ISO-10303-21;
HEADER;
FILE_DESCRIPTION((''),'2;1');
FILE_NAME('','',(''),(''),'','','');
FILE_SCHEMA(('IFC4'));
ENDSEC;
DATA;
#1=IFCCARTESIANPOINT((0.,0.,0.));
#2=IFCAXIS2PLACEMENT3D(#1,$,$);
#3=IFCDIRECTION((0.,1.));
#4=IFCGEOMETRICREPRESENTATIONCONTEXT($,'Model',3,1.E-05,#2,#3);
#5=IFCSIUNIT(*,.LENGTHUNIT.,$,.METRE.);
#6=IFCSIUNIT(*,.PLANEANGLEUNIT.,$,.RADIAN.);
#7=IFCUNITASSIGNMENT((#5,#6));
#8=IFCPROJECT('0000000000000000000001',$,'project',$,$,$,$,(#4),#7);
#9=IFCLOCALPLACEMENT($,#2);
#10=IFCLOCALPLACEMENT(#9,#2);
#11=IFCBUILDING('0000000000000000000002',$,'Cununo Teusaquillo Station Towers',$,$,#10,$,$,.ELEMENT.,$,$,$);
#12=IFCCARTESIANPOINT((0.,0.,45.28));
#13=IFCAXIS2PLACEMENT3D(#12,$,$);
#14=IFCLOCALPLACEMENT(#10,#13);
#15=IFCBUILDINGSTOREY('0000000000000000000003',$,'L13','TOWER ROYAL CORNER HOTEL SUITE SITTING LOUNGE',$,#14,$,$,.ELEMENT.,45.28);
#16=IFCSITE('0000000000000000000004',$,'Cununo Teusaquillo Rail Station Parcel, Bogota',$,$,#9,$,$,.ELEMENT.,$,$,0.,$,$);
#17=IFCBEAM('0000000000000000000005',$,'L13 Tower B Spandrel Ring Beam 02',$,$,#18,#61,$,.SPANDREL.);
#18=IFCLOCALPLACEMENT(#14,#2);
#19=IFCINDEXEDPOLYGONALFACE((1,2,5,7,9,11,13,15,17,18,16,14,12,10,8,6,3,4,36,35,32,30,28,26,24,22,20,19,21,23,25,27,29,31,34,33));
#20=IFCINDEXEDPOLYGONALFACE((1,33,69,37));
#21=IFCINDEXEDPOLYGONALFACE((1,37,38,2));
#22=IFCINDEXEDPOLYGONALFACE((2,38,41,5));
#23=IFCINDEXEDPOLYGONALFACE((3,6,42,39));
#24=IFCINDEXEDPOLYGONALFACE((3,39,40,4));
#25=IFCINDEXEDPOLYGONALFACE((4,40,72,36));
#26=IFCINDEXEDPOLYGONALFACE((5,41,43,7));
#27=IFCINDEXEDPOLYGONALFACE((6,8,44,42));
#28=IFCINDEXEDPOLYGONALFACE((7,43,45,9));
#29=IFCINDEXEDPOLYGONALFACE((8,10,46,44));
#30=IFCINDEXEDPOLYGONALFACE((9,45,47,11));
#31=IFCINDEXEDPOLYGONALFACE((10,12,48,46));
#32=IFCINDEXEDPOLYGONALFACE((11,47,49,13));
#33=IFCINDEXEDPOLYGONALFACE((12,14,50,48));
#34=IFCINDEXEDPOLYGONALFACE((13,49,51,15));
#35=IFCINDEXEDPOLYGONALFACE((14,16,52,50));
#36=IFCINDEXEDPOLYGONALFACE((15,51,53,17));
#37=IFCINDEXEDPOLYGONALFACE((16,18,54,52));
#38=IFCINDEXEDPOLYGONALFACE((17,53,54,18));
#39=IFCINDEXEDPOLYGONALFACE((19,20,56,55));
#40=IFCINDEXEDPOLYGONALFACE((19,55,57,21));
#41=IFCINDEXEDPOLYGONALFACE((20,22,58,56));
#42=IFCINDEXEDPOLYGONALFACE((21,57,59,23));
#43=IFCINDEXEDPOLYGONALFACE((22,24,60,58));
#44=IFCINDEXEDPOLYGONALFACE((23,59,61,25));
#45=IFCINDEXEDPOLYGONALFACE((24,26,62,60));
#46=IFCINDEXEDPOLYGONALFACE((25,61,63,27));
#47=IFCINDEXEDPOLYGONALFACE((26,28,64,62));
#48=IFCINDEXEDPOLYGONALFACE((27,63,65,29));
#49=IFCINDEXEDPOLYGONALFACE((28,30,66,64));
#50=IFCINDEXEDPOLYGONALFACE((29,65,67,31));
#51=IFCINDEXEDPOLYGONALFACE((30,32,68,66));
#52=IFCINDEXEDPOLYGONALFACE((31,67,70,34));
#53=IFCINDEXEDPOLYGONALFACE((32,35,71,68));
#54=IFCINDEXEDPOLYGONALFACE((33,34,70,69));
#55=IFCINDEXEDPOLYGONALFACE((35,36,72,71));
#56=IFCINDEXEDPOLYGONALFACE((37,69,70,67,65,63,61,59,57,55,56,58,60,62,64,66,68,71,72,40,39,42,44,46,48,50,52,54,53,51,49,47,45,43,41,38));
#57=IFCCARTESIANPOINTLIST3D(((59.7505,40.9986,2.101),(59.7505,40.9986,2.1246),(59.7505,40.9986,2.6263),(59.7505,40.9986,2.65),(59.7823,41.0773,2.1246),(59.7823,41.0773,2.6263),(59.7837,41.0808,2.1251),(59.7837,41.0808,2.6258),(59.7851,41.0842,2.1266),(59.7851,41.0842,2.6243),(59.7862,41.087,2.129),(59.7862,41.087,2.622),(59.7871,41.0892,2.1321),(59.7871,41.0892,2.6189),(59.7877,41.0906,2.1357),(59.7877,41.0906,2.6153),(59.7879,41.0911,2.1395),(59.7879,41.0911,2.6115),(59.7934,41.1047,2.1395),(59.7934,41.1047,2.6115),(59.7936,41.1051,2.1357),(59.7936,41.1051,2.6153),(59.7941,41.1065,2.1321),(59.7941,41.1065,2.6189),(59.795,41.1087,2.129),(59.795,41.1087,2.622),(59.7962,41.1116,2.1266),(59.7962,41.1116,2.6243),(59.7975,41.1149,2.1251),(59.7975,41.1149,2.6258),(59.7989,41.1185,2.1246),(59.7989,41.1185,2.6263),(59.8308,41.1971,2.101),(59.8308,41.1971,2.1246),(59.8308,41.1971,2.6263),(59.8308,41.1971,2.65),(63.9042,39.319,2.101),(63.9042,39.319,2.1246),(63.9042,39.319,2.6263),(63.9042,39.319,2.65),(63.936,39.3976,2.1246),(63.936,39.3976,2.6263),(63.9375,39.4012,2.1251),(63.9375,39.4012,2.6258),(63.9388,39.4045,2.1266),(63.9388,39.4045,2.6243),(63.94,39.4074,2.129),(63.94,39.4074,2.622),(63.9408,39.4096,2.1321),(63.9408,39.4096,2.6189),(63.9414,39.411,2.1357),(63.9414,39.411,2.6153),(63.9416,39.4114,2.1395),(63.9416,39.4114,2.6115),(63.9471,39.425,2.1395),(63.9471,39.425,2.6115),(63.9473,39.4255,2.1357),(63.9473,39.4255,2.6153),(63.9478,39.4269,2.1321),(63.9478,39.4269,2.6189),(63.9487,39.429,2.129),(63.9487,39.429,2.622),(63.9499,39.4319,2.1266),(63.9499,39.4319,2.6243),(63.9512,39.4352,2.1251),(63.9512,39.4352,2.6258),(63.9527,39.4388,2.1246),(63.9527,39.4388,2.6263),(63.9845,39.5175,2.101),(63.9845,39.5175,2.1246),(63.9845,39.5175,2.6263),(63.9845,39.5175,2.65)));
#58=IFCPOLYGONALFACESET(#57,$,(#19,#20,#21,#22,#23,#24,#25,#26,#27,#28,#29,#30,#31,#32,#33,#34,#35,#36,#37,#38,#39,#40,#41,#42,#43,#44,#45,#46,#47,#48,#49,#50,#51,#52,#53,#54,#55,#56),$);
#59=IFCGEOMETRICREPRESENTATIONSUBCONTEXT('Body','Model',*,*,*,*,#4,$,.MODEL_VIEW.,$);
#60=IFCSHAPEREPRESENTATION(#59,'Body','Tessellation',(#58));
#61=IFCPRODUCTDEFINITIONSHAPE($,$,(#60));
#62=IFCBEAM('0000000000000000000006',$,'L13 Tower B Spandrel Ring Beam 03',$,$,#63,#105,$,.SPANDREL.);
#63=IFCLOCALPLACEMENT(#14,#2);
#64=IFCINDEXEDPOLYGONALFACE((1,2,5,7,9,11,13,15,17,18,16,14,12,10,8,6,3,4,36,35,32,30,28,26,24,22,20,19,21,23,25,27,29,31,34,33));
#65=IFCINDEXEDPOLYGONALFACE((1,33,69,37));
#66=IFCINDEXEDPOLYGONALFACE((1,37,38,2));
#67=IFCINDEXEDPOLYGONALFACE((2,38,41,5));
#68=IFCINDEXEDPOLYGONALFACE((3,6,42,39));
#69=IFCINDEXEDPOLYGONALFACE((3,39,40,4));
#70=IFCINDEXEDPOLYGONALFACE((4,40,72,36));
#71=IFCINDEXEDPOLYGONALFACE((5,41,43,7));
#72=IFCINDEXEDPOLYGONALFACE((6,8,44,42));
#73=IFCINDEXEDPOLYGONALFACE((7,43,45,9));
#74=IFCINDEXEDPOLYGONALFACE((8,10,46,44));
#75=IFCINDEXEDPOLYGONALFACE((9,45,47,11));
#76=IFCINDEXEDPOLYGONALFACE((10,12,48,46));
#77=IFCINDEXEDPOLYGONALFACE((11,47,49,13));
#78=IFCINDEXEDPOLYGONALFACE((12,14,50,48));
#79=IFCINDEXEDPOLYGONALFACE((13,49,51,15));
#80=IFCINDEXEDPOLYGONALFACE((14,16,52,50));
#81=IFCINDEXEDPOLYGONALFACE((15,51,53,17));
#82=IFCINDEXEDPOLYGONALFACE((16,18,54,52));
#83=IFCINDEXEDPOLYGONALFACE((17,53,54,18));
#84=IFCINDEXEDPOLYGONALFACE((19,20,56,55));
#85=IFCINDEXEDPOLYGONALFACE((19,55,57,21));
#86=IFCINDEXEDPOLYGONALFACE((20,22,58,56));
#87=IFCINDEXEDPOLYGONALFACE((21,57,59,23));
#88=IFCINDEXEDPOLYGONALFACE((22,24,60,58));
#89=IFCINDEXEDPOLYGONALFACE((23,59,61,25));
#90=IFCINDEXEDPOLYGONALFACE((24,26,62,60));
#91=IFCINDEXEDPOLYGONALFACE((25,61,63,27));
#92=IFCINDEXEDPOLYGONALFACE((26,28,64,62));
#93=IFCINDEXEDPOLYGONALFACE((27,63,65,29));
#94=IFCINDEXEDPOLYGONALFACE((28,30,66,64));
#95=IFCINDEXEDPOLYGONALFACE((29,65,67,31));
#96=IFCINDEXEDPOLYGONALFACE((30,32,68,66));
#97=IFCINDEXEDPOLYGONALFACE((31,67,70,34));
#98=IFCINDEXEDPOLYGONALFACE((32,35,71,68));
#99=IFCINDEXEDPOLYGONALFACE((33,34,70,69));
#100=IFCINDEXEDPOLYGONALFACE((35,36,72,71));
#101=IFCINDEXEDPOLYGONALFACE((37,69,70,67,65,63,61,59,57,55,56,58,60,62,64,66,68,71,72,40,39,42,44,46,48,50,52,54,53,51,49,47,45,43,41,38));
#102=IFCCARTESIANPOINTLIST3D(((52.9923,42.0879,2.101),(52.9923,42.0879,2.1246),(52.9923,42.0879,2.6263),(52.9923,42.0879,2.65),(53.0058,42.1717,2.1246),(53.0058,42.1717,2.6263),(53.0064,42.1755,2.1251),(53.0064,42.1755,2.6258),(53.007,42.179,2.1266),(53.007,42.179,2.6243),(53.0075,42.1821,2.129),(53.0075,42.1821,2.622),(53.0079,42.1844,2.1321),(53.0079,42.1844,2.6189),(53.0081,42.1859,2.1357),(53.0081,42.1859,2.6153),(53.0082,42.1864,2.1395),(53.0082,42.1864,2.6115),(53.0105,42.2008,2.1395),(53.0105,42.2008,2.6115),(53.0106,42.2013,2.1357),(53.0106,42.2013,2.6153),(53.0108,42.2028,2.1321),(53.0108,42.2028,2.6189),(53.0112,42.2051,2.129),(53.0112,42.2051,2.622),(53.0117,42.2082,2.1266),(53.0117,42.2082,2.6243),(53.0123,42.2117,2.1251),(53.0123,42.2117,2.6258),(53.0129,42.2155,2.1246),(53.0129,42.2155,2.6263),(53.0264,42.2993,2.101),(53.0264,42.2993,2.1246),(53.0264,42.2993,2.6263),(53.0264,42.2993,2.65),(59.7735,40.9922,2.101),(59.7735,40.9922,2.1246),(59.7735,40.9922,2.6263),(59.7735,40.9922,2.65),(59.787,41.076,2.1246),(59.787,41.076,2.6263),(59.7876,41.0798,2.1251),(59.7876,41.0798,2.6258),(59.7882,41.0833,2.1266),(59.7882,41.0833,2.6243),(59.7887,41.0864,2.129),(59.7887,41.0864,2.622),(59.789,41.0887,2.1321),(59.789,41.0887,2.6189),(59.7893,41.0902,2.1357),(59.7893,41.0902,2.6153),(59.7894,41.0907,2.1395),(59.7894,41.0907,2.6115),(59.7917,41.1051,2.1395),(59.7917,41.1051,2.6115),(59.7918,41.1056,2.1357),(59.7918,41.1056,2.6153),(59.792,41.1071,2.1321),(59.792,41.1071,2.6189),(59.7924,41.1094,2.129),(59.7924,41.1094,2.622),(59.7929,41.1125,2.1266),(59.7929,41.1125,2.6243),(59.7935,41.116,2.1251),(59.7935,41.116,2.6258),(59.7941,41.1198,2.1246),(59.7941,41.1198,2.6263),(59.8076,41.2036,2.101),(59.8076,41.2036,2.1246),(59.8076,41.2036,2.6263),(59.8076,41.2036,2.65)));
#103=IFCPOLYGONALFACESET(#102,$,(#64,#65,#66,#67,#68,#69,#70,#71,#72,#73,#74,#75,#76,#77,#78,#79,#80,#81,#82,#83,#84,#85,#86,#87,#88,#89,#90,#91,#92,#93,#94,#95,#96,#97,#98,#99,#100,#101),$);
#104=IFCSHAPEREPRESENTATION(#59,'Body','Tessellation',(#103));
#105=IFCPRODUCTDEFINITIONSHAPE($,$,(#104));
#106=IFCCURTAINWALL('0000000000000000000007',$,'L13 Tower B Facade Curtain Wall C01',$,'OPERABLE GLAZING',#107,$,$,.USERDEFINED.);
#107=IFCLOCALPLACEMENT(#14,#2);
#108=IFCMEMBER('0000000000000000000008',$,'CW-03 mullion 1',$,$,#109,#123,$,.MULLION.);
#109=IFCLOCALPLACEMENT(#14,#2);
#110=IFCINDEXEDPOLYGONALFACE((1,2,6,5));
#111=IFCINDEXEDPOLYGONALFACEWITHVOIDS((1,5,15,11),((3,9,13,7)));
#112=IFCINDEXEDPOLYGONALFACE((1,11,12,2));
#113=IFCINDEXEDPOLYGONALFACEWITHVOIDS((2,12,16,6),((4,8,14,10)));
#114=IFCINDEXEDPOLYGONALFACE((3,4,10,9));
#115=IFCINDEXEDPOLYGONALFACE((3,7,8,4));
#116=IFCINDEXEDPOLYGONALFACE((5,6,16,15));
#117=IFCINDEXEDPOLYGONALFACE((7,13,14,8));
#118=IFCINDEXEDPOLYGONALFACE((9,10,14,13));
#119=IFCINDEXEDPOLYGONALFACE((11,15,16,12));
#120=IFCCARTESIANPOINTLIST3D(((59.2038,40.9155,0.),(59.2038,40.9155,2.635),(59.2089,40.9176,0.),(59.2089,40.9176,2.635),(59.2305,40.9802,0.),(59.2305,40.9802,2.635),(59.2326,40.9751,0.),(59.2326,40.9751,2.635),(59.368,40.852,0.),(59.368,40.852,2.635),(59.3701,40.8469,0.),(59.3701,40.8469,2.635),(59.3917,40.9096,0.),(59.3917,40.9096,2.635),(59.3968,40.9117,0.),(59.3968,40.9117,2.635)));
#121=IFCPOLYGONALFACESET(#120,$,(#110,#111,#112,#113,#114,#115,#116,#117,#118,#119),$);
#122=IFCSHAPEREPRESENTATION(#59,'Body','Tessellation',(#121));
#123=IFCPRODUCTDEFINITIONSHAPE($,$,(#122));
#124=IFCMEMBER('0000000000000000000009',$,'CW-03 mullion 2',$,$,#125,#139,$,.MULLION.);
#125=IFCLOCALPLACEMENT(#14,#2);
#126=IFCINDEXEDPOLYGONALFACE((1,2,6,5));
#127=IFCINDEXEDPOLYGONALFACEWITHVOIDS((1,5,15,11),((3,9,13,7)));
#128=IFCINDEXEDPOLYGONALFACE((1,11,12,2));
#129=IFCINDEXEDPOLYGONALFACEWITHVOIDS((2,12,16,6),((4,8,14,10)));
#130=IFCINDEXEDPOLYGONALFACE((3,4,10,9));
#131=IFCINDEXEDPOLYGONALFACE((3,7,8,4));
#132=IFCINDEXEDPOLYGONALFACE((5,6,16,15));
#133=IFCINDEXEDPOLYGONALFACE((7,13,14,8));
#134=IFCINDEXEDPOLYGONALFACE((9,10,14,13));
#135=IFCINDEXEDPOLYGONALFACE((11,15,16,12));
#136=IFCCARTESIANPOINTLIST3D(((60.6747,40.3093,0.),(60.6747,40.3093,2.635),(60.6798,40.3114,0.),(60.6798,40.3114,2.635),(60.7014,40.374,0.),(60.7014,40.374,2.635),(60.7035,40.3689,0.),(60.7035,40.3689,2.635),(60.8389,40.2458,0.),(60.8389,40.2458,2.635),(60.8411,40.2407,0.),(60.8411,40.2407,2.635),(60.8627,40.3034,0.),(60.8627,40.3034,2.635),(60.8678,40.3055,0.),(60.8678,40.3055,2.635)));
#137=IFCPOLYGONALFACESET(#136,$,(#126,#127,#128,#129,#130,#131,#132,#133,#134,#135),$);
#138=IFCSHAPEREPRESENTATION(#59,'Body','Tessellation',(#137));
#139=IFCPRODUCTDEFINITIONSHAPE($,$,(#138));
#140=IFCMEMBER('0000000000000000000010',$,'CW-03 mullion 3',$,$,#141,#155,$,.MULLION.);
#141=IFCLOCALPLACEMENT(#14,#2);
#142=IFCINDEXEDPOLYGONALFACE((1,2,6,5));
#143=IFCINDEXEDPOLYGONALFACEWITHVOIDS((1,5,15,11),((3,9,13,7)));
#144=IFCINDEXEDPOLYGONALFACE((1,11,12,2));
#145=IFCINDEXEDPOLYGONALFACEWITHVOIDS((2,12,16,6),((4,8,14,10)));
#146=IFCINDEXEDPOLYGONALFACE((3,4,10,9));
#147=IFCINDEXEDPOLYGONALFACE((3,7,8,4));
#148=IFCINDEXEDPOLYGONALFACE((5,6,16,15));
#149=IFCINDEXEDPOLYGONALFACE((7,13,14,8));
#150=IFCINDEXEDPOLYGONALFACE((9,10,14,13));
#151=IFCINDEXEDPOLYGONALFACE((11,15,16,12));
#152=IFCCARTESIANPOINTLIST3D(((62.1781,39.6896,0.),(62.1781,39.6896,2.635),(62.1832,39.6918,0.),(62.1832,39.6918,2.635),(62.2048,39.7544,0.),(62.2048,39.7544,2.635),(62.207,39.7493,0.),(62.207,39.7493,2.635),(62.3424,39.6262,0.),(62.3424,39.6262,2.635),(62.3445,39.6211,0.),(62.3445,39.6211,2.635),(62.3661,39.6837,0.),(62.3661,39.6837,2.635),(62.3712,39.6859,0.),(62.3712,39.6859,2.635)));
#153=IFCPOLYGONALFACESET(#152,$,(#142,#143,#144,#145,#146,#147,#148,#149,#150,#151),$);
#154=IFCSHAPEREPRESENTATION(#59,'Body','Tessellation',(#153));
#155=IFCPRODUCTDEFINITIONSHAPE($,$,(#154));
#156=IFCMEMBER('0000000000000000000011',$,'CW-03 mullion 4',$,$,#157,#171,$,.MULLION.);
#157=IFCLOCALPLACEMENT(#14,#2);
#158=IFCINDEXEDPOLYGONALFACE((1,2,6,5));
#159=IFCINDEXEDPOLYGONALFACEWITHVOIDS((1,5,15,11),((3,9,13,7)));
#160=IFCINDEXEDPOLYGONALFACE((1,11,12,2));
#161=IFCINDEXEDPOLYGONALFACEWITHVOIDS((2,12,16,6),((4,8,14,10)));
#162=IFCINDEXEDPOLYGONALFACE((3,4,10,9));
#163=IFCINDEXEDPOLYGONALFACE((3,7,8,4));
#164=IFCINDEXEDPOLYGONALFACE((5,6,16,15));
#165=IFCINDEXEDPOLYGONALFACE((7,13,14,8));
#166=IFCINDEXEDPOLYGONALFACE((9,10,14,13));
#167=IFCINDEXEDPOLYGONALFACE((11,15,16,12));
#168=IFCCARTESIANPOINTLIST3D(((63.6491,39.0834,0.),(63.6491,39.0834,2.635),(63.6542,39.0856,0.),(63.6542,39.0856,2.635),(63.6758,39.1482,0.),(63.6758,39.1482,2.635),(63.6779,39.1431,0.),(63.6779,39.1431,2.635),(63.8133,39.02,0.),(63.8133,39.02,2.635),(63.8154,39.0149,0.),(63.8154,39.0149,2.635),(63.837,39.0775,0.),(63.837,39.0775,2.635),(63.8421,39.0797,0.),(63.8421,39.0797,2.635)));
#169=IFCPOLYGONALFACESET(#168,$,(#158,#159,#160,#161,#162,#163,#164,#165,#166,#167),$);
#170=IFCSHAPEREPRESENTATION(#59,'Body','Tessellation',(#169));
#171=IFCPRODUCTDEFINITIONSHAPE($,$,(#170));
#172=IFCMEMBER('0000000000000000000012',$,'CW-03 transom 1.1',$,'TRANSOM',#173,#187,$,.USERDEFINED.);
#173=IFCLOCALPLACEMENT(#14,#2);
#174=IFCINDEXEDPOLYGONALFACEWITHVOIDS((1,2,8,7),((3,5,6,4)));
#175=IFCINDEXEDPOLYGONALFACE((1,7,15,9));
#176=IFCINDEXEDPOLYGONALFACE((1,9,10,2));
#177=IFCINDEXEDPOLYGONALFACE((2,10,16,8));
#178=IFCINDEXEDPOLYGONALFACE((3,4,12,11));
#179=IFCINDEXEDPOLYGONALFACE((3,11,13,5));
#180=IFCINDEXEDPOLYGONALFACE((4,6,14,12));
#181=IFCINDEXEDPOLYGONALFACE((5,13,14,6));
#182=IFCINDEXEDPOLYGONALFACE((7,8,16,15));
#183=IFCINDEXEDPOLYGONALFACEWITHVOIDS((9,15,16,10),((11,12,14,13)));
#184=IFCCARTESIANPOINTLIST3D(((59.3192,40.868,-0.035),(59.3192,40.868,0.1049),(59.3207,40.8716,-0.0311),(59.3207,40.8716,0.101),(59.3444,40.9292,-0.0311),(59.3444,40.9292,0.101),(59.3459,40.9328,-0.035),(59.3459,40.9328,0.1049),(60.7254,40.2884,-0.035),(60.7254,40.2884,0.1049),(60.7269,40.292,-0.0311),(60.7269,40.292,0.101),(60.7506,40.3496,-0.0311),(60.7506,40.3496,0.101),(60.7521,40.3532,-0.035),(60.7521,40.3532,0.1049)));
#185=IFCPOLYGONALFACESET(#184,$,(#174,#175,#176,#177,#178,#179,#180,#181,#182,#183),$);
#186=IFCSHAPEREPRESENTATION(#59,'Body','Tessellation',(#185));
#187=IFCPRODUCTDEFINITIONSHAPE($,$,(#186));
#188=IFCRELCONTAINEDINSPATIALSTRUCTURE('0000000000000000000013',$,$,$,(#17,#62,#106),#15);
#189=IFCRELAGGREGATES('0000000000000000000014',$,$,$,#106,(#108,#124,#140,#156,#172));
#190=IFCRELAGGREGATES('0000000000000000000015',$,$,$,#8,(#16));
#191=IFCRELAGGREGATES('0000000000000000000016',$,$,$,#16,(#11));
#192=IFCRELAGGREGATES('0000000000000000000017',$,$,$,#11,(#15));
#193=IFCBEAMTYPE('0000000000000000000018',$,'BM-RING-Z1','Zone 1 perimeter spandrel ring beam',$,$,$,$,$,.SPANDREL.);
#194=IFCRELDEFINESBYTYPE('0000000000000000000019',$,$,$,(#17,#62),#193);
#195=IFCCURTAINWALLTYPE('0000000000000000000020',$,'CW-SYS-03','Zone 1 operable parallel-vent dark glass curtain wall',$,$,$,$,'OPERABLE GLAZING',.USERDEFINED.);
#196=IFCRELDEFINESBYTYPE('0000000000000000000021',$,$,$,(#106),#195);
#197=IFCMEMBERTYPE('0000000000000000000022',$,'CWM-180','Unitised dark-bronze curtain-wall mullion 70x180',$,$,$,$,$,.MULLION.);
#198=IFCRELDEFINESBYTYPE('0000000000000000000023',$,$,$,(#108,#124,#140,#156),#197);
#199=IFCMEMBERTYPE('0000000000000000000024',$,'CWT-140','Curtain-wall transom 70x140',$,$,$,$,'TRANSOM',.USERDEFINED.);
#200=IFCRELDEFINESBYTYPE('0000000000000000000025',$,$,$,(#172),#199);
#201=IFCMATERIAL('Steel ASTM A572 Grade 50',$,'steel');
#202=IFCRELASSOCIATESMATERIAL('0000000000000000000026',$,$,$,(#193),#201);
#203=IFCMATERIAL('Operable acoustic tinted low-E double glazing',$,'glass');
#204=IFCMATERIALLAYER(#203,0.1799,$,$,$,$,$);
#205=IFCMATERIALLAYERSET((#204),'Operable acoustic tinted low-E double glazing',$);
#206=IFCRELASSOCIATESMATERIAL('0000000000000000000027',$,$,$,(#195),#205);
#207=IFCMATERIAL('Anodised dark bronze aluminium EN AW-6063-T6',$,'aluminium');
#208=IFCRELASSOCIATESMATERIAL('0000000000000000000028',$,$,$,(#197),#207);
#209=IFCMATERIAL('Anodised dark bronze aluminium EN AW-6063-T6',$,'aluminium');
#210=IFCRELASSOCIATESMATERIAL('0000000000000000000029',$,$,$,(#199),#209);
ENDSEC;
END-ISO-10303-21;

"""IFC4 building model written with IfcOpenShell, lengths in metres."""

from ifc_helpers import new_model, si_unit, direction, frame, origin, origin_2d, place, context, subcontext, project, spatial, hollow_rectangle, i_section, extrude, material, layer, layer_set, material_profile, profile_set, type_object, element, aggregate, save


model = new_model("IFC4")

# Units and contexts
model_context = context("Model", 3, precision=1e-05, world=origin(), true_north=direction((0.0, 1.0)))
body_context = subcontext(model_context, "Body", "Model", "MODEL_VIEW")
ifc_project = project(units=[si_unit("LENGTHUNIT", "METRE"), si_unit("PLANEANGLEUNIT", "RADIAN")], contexts=[model_context])

# Site, building, storey
site_placement = place(None, origin())
site = spatial("IfcSite", under=ifc_project, at=site_placement, Name="Cununo Teusaquillo Rail Station Parcel, Bogota", CompositionType="ELEMENT", RefElevation=0.0)
building_placement = place(site_placement, origin())
building = spatial("IfcBuilding", under=site, at=building_placement, Name="Cununo Teusaquillo Station Towers", CompositionType="ELEMENT")
storey_placement = place(building_placement, frame((0.0, 0.0, 45.28)))
storey = spatial("IfcBuildingStorey", under=building, at=storey_placement, Name="L13", Description="TOWER ROYAL CORNER HOTEL SUITE SITTING LOUNGE", CompositionType="ELEMENT", Elevation=45.28)

# Beams
ifc_material_1 = material(Name="Steel ASTM A572 Grade 50", Category="steel")
ifc_material_profile_1 = material_profile(ifc_material_1, i_section(OverallWidth=0.2141, OverallDepth=0.5491, WebThickness=0.0146, FlangeThickness=0.0237, FilletRadius=0.0149, at=origin_2d()), Name="W21X93")
ifc_profile_set_1 = profile_set([ifc_material_profile_1], Name="Steel ASTM A572 Grade 50")
beam_type = type_object("IfcBeamType", Name="BM-RING-Z1", Description="Zone 1 perimeter spandrel ring beam", PredefinedType="SPANDREL", material=ifc_profile_set_1)
beam_1_placement = place(storey_placement, frame((63.9443, 39.4182, 2.3755), z_axis=(-0.927072, 0.374883, 0.0), x_axis=(-0.374883, -0.927072, 0.0)))
element("IfcBeam", 1, at=beam_1_placement, inside=storey, type_object=beam_type, Name="L13 Tower B Spandrel Ring Beam 02", PredefinedType="SPANDREL", context=body_context, shape_type="SweptSolid", body=[
    extrude(i_section(OverallWidth=0.2141, OverallDepth=0.5491, WebThickness=0.0146, FlangeThickness=0.0237, FilletRadius=0.0149, at=origin_2d()), origin(), (0.0, 0.0, 1.0), 4.4805),
])
beam_2_placement = place(storey_placement, frame((59.7905, 41.0979, 2.3755), z_axis=(-0.987196, 0.15951, 0.0), x_axis=(-0.15951, -0.987196, 0.0)))
element("IfcBeam", 2, at=beam_2_placement, inside=storey, type_object=beam_type, Name="L13 Tower B Spandrel Ring Beam 03", PredefinedType="SPANDREL", context=body_context, shape_type="SweptSolid", body=[
    extrude(i_section(OverallWidth=0.2141, OverallDepth=0.5491, WebThickness=0.0146, FlangeThickness=0.0237, FilletRadius=0.0149, at=origin_2d()), origin(), (0.0, 0.0, 1.0), 6.8691),
])

# Curtain wall, members
ifc_material_2 = material(Name="Operable acoustic tinted low-E double glazing", Category="glass")
ifc_layer_1 = layer(ifc_material_2, 0.1799)
ifc_layer_set_1 = layer_set([ifc_layer_1], Name="Operable acoustic tinted low-E double glazing")
curtain_wall_type = type_object("IfcCurtainWallType", Name="CW-SYS-03", Description="Zone 1 operable parallel-vent dark glass curtain wall", ElementType="OPERABLE GLAZING", PredefinedType="USERDEFINED", material=ifc_layer_set_1)
curtain_wall_placement = place(storey_placement, origin())
curtain_wall = element("IfcCurtainWall", 3, at=curtain_wall_placement, inside=storey, type_object=curtain_wall_type, Name="L13 Tower B Facade Curtain Wall C01", ObjectType="OPERABLE GLAZING", PredefinedType="USERDEFINED")
ifc_material_3 = material(Name="Anodised dark bronze aluminium EN AW-6063-T6", Category="aluminium")
ifc_material_profile_2 = material_profile(ifc_material_3, hollow_rectangle(XDim=0.0701, YDim=0.1799, WallThickness=0.0039, at=origin_2d()), Name="CW-MULL-70x180")
ifc_profile_set_2 = profile_set([ifc_material_profile_2], Name="Anodised dark bronze aluminium EN AW-6063-T6")
member_type_1 = type_object("IfcMemberType", Name="CWM-180", Description="Unitised dark-bronze curtain-wall mullion 70x180", PredefinedType="MULLION", material=ifc_profile_set_2)
member_1_placement = place(storey_placement, frame((59.3003, 40.9136, 0.0), z_axis=(0.0, 0.0, 1.0), x_axis=(0.381055, 0.924552, 0.0)))
member_1 = element("IfcMember", 4, at=member_1_placement, type_object=member_type_1, Name="CW-03 mullion 1", PredefinedType="MULLION", context=body_context, shape_type="SweptSolid", body=[
    extrude(hollow_rectangle(XDim=0.0701, YDim=0.1799, WallThickness=0.0039, at=origin_2d()), origin(), (0.0, 0.0, 1.0), 2.635),
])
member_2_placement = place(storey_placement, frame((60.7712, 40.3074, 0.0), z_axis=(0.0, 0.0, 1.0), x_axis=(0.381055, 0.924552, 0.0)))
member_2 = element("IfcMember", 5, at=member_2_placement, type_object=member_type_1, Name="CW-03 mullion 2", PredefinedType="MULLION", context=body_context, shape_type="SweptSolid", body=[
    extrude(hollow_rectangle(XDim=0.0701, YDim=0.1799, WallThickness=0.0039, at=origin_2d()), origin(), (0.0, 0.0, 1.0), 2.635),
])
member_3_placement = place(storey_placement, frame((62.2747, 39.6877, 0.0), z_axis=(0.0, 0.0, 1.0), x_axis=(0.381055, 0.924552, 0.0)))
member_3 = element("IfcMember", 6, at=member_3_placement, type_object=member_type_1, Name="CW-03 mullion 3", PredefinedType="MULLION", context=body_context, shape_type="SweptSolid", body=[
    extrude(hollow_rectangle(XDim=0.0701, YDim=0.1799, WallThickness=0.0039, at=origin_2d()), origin(), (0.0, 0.0, 1.0), 2.635),
])
member_4_placement = place(storey_placement, frame((63.7456, 39.0815, 0.0), z_axis=(0.0, 0.0, 1.0), x_axis=(0.381055, 0.924552, 0.0)))
member_4 = element("IfcMember", 7, at=member_4_placement, type_object=member_type_1, Name="CW-03 mullion 4", PredefinedType="MULLION", context=body_context, shape_type="SweptSolid", body=[
    extrude(hollow_rectangle(XDim=0.0701, YDim=0.1799, WallThickness=0.0039, at=origin_2d()), origin(), (0.0, 0.0, 1.0), 2.635),
])
ifc_material_4 = material(Name="Anodised dark bronze aluminium EN AW-6063-T6", Category="aluminium")
ifc_material_profile_3 = material_profile(ifc_material_4, hollow_rectangle(XDim=0.0701, YDim=0.1399, WallThickness=0.0039, at=origin_2d()), Name="CW-TRAN-70x140")
ifc_profile_set_3 = profile_set([ifc_material_profile_3], Name="Anodised dark bronze aluminium EN AW-6063-T6")
member_type_2 = type_object("IfcMemberType", Name="CWT-140", Description="Curtain-wall transom 70x140", ElementType="TRANSOM", PredefinedType="USERDEFINED", material=ifc_profile_set_3)
member_5_placement = place(storey_placement, frame((59.3325, 40.9004, 0.0349), z_axis=(0.924552, -0.381057, 0.0), x_axis=(0.381057, 0.924552, 0.0)))
member_5 = element("IfcMember", 8, at=member_5_placement, type_object=member_type_2, Name="CW-03 transom 1.1", ObjectType="TRANSOM", PredefinedType="USERDEFINED", context=body_context, shape_type="SweptSolid", body=[
    extrude(hollow_rectangle(XDim=0.0701, YDim=0.1399, WallThickness=0.0039, at=origin_2d()), origin(), (0.0, 0.0, 1.0), 1.521),
])

aggregate(curtain_wall, [member_1, member_2, member_3, member_4, member_5])

save(model, "model.ifc")
